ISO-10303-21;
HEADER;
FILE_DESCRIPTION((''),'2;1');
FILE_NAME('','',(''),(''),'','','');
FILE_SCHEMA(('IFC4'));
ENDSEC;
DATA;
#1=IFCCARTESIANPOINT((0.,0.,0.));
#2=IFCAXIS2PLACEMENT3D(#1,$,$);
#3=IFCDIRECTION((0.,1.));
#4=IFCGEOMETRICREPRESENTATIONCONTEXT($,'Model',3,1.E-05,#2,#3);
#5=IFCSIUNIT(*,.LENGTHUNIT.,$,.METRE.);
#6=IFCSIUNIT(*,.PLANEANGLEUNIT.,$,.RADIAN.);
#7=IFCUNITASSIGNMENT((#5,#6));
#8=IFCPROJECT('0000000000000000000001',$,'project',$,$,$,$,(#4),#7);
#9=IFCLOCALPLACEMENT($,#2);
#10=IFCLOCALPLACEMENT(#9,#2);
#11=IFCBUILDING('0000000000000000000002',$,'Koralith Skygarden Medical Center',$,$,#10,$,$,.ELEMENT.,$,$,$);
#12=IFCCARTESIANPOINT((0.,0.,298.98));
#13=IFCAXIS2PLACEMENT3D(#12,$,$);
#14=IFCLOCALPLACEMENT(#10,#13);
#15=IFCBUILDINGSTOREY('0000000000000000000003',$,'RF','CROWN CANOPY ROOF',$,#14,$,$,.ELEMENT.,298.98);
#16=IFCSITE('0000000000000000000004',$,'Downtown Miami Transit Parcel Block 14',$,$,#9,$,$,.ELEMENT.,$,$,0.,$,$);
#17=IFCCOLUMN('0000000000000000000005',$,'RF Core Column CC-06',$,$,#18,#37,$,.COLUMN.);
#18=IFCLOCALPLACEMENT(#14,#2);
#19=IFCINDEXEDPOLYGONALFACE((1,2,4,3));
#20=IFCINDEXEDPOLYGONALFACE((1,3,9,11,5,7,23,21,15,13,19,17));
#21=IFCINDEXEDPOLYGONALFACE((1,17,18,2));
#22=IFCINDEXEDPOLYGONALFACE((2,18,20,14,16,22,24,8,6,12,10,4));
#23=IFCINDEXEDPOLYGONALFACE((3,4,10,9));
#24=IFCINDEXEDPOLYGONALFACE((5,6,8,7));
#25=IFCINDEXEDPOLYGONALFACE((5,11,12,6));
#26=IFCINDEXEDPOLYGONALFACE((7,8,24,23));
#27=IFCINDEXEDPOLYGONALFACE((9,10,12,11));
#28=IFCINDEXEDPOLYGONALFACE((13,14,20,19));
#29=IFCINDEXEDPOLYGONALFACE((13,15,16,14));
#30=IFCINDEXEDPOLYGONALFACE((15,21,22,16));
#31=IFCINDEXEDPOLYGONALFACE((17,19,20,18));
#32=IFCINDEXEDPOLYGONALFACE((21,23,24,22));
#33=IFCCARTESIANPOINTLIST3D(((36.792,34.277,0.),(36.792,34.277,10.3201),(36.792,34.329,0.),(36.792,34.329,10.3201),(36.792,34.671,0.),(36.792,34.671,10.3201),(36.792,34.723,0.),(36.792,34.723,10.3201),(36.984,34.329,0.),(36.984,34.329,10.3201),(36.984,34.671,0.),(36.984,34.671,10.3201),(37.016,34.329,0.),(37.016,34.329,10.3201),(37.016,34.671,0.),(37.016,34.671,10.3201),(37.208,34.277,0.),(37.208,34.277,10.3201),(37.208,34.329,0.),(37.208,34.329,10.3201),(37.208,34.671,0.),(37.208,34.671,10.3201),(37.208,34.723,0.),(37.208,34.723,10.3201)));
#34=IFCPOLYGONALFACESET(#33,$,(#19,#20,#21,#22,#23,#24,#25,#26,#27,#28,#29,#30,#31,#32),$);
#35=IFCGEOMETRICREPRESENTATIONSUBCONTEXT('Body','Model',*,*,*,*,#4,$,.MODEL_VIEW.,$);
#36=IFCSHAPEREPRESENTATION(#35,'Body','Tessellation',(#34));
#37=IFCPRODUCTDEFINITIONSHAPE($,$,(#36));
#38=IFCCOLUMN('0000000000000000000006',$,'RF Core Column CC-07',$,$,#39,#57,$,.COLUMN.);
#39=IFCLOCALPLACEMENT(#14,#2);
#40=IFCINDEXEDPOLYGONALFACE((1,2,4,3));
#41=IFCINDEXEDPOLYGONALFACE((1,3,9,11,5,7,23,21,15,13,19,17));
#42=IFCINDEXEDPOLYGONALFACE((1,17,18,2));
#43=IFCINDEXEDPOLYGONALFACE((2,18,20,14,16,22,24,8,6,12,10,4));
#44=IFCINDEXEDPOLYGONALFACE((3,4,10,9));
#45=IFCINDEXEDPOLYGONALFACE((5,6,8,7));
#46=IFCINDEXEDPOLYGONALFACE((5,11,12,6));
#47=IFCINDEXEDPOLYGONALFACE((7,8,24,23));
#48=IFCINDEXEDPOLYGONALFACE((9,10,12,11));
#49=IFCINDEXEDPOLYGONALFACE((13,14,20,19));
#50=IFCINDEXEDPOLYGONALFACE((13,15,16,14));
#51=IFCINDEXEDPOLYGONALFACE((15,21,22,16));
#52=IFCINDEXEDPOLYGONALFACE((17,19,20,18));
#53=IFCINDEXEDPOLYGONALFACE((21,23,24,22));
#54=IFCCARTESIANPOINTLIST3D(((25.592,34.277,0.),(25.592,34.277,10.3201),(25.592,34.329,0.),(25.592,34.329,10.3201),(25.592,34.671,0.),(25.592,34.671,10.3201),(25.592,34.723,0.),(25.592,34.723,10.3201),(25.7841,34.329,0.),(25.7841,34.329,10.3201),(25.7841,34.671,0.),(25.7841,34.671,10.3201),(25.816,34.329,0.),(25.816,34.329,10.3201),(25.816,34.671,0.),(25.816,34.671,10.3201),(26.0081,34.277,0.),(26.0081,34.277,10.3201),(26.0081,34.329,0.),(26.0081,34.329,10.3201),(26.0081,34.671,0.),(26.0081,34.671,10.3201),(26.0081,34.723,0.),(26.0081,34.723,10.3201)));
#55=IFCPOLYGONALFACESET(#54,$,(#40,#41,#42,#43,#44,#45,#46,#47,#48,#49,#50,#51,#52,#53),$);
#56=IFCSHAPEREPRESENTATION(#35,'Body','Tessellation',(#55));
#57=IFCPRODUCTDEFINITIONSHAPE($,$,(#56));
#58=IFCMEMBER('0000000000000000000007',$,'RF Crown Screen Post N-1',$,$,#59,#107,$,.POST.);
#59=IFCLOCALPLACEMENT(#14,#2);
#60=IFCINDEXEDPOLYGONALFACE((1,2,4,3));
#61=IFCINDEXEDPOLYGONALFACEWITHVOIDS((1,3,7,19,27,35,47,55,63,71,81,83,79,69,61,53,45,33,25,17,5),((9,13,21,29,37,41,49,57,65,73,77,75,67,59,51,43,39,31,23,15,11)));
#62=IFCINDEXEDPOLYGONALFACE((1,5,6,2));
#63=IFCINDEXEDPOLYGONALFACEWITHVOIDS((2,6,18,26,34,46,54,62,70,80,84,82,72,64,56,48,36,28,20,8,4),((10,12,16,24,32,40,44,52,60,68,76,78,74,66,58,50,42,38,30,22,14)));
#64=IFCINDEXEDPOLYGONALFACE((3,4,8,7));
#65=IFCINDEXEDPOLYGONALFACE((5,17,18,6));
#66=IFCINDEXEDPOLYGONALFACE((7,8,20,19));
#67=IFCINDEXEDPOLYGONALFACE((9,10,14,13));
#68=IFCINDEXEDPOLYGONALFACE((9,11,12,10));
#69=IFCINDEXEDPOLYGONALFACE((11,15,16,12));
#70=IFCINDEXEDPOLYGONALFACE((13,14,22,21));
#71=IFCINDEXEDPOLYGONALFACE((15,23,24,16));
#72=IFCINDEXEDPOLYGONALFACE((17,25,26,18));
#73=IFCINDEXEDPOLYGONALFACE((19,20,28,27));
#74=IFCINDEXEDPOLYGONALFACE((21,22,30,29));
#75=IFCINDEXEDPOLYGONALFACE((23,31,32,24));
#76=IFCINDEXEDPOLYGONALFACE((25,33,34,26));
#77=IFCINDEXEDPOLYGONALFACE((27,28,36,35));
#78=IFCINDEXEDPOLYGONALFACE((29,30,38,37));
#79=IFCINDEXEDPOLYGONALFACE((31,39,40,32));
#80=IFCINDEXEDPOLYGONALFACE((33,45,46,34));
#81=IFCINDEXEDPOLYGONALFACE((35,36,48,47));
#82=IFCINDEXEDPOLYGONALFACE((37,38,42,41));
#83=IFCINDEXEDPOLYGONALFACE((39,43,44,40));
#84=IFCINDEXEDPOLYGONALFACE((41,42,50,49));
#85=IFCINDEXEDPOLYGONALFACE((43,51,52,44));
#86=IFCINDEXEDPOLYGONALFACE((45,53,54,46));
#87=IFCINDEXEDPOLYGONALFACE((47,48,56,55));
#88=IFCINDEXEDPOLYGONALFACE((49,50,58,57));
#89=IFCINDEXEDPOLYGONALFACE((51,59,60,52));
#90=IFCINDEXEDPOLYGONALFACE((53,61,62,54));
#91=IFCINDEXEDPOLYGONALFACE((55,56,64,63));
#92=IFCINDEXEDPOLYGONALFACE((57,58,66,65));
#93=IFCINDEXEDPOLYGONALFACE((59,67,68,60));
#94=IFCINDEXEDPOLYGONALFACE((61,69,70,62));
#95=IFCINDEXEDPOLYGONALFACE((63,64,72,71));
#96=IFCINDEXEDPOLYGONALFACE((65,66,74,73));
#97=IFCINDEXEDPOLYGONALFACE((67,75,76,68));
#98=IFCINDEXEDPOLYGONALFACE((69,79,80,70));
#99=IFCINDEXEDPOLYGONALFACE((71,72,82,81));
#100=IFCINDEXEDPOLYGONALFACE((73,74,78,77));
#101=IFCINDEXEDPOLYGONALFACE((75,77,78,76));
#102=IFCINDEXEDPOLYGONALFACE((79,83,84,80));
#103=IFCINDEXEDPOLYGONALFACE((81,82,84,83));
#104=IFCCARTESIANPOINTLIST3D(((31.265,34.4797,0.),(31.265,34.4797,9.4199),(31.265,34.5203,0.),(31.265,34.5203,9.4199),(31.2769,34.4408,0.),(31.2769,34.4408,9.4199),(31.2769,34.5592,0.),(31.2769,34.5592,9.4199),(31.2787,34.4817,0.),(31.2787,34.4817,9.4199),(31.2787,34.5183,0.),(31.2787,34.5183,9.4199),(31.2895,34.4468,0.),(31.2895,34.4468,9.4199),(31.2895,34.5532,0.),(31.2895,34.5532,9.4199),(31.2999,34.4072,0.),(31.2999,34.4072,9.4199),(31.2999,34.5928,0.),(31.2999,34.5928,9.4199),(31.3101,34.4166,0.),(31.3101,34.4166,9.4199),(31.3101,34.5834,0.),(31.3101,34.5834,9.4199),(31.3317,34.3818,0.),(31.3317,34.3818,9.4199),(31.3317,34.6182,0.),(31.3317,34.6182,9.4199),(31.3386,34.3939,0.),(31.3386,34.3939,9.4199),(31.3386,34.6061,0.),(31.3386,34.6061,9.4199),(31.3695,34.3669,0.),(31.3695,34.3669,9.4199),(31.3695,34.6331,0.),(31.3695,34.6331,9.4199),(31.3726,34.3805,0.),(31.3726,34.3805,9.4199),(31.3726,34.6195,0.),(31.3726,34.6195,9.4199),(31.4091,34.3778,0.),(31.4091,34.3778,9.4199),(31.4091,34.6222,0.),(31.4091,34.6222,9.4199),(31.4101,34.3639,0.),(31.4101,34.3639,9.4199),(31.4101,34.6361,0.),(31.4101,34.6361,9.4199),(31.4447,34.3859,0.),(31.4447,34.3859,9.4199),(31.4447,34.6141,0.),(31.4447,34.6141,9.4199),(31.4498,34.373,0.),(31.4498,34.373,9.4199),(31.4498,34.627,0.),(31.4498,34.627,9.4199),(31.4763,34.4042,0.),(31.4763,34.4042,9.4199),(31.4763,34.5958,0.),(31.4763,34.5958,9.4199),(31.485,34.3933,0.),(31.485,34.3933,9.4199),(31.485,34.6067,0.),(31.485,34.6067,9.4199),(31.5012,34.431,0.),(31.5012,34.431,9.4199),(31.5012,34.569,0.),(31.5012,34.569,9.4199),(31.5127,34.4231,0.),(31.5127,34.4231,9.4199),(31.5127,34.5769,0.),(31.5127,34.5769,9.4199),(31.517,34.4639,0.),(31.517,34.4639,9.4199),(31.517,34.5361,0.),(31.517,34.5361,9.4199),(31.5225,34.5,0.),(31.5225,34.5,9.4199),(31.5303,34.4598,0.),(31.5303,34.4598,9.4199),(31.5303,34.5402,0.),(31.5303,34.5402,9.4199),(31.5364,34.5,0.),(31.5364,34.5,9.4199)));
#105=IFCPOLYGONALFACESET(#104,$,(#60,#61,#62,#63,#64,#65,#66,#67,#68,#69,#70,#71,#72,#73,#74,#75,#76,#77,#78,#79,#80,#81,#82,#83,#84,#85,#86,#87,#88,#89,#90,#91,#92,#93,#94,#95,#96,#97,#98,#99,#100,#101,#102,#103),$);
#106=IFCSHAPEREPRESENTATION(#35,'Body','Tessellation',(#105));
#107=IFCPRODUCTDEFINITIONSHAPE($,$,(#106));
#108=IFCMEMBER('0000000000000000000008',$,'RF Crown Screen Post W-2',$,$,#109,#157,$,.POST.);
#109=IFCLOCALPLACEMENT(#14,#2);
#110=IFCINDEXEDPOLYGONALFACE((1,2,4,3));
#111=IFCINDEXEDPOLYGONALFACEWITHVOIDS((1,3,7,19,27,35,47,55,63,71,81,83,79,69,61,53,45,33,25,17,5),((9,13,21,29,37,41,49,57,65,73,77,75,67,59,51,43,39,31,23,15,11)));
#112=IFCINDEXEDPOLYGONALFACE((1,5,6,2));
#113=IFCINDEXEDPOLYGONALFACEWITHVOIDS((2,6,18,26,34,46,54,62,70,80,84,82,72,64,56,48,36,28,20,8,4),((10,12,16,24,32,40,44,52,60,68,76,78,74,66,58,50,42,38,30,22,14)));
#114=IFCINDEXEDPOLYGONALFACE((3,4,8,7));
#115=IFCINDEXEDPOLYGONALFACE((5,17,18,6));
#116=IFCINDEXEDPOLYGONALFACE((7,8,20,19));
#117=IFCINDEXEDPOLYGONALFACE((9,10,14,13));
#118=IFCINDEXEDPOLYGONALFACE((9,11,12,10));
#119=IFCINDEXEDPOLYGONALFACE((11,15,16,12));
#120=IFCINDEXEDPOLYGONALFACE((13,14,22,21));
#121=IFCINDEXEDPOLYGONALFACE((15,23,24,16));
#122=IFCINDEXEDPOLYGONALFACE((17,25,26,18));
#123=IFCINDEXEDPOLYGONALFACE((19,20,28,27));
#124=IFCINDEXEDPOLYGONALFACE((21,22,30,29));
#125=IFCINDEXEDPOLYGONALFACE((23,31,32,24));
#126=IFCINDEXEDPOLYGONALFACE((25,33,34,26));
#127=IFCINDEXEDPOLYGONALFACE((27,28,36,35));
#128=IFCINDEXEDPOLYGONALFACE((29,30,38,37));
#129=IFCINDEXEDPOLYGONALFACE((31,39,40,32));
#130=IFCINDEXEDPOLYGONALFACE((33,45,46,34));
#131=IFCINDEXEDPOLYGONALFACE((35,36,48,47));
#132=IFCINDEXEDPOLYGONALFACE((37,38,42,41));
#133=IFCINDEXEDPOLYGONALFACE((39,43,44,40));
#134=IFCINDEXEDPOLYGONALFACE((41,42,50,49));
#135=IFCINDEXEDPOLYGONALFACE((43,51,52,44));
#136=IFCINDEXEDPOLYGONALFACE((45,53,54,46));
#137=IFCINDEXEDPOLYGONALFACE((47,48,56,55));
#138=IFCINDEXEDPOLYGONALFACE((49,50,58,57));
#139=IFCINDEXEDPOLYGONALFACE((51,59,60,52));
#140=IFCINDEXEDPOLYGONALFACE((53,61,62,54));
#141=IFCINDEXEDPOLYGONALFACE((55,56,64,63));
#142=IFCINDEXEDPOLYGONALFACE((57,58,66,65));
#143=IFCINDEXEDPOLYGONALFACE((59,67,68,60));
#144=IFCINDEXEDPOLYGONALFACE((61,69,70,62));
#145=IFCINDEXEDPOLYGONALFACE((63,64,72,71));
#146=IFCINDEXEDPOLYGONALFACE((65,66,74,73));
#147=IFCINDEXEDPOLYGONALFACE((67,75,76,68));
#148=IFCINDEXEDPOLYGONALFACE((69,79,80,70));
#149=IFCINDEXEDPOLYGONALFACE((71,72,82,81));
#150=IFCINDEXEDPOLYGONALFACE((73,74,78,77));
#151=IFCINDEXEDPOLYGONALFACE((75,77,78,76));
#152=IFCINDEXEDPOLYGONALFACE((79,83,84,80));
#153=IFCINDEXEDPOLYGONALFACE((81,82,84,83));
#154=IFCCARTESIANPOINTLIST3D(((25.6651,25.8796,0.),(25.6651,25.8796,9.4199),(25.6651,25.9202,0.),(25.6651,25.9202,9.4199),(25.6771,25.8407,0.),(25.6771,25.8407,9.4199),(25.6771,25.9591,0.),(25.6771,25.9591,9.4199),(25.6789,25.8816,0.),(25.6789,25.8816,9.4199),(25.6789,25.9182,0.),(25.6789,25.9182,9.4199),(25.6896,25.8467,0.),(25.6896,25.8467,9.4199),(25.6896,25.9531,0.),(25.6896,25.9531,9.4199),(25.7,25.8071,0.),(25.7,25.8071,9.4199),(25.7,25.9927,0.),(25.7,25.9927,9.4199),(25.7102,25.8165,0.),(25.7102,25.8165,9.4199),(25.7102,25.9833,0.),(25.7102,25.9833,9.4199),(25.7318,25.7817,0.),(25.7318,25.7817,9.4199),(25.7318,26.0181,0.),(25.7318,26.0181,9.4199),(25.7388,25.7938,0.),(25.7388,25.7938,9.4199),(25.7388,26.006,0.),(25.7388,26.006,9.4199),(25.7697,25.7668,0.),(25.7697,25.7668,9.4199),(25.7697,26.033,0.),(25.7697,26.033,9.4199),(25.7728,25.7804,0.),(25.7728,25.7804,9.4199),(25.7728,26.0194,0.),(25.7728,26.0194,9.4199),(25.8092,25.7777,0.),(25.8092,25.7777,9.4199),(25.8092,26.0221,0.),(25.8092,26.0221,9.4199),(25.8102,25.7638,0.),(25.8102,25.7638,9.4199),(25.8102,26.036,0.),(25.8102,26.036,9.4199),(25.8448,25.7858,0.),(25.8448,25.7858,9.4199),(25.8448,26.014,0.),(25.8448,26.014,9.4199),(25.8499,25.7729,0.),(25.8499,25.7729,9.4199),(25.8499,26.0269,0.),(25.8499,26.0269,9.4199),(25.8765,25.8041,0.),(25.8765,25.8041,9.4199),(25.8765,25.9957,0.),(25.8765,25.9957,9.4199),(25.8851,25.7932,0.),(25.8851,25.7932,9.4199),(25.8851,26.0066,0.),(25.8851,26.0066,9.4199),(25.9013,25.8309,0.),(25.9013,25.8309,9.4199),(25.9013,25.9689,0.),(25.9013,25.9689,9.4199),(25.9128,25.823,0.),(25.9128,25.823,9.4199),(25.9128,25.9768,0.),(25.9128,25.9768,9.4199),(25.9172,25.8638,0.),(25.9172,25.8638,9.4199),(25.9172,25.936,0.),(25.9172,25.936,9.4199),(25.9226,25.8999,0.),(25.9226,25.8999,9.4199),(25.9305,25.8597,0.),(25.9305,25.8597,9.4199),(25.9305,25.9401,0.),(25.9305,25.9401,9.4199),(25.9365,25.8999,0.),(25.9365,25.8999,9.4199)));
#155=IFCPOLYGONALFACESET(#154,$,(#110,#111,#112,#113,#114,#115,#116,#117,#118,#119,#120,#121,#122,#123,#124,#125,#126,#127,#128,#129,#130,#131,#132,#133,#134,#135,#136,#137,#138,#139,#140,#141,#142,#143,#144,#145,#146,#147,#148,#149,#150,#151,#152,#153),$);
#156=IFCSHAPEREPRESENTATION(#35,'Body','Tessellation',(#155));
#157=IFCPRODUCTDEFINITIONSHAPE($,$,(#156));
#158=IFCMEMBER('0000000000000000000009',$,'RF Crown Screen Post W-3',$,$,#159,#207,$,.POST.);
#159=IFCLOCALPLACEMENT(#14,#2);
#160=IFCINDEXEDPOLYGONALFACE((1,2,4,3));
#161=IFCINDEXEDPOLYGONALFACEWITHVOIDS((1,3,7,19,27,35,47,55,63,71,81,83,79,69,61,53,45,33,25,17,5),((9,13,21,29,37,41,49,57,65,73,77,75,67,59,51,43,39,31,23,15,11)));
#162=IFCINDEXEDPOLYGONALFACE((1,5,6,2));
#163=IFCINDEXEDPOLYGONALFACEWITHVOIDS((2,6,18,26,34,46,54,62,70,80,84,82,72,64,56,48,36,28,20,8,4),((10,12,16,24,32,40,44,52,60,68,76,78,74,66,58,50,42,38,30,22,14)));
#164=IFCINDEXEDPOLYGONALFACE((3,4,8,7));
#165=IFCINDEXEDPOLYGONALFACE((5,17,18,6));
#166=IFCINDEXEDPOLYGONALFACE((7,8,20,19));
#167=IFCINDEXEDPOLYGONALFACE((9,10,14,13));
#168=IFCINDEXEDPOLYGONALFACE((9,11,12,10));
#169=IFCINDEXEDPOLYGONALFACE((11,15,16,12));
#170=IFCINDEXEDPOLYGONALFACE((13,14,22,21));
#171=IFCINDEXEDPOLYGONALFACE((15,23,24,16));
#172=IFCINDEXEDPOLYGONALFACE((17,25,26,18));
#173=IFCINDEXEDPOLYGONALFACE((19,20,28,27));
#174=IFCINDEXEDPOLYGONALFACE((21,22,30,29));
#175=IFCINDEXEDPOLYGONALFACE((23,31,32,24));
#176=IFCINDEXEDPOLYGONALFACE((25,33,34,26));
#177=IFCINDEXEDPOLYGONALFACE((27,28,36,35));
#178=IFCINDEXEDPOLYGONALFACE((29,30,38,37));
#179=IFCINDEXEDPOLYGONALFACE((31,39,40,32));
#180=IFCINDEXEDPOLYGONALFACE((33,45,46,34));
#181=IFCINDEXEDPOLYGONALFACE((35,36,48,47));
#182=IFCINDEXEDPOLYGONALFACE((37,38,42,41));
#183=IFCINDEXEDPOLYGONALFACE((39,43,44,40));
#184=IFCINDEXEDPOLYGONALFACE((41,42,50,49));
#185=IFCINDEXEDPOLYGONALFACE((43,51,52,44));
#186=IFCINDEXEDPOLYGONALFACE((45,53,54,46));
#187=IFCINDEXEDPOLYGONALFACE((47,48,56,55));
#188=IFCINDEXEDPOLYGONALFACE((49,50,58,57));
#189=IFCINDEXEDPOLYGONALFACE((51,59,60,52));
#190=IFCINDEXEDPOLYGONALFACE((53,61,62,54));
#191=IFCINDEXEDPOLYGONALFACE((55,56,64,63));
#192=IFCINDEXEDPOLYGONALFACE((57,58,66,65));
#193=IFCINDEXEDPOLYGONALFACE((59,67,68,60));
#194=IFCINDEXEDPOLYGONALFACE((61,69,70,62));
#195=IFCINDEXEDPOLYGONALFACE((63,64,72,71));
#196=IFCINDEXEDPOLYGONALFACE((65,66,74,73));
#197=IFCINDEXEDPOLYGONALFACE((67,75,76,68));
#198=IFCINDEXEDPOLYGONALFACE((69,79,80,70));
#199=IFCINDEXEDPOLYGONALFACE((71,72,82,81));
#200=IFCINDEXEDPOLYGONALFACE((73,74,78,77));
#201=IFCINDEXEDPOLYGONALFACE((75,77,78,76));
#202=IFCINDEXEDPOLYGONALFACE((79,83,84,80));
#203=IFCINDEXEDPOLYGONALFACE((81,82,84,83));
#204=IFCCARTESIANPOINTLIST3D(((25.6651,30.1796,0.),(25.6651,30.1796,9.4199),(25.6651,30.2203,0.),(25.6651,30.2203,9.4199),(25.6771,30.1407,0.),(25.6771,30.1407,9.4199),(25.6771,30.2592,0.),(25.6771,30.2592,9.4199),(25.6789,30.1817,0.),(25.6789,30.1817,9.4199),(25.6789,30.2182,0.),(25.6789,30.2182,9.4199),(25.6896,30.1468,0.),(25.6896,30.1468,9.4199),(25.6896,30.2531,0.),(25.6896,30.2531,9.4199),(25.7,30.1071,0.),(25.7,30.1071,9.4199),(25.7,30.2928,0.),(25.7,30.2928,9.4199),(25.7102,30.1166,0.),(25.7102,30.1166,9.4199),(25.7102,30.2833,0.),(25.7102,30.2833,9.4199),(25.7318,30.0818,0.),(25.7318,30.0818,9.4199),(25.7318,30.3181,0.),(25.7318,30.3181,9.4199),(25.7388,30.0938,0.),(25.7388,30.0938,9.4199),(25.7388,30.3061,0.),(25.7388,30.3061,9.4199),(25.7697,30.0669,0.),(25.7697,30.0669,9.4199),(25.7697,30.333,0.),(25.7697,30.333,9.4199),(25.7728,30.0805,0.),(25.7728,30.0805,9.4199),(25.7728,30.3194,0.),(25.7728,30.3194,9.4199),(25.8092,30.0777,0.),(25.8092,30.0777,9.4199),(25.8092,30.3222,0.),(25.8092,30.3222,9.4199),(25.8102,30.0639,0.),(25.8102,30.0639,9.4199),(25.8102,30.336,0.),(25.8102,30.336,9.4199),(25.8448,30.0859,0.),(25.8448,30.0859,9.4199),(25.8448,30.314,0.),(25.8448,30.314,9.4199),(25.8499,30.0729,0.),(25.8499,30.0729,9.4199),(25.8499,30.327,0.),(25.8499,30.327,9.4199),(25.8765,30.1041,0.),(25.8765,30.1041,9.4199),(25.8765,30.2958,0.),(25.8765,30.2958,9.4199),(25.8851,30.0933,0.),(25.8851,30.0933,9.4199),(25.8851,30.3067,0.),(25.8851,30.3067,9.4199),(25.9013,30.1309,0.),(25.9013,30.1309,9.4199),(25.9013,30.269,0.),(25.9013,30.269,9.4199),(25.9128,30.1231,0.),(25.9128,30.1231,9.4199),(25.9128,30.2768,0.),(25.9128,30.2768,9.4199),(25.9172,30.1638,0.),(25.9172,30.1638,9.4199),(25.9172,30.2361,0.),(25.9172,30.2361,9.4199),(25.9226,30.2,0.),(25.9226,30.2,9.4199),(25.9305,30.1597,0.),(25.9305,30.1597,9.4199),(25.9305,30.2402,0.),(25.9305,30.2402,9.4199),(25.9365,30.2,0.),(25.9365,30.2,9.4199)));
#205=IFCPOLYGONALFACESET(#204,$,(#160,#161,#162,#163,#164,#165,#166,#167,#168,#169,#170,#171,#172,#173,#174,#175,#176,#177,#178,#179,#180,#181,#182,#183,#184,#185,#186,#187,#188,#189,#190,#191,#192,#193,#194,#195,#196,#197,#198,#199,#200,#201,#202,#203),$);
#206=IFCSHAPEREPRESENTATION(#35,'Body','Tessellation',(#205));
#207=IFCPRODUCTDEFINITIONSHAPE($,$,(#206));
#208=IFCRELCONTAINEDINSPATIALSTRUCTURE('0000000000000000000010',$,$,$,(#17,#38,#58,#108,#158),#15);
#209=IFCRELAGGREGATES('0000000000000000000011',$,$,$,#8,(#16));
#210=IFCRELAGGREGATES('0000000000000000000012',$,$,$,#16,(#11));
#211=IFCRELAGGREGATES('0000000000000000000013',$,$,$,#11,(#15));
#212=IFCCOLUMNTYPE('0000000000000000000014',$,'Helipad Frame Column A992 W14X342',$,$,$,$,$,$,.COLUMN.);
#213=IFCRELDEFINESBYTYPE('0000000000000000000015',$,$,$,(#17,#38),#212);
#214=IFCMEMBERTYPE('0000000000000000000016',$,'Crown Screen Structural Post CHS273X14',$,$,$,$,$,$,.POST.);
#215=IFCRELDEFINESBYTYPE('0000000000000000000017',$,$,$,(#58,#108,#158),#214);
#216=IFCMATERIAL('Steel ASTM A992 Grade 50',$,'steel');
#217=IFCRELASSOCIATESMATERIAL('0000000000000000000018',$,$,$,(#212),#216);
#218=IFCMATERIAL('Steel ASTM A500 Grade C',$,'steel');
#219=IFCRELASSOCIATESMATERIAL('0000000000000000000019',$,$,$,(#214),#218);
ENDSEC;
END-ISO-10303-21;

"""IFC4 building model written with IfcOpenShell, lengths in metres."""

from ifc_helpers import new_model, si_unit, direction, frame, origin, origin_2d, place, context, subcontext, project, spatial, hollow_circle, i_section, extrude, material, material_profile, profile_set, type_object, element, save


model = new_model("IFC4")

# Units and contexts
model_context = context("Model", 3, precision=1e-05, world=origin(), true_north=direction((0.0, 1.0)))
body_context = subcontext(model_context, "Body", "Model", "MODEL_VIEW")
ifc_project = project(units=[si_unit("LENGTHUNIT", "METRE"), si_unit("PLANEANGLEUNIT", "RADIAN")], contexts=[model_context])

# Site, building, storey
site_placement = place(None, origin())
site = spatial("IfcSite", under=ifc_project, at=site_placement, Name="Downtown Miami Transit Parcel Block 14", CompositionType="ELEMENT", RefElevation=0.0)
building_placement = place(site_placement, origin())
building = spatial("IfcBuilding", under=site, at=building_placement, Name="Koralith Skygarden Medical Center", CompositionType="ELEMENT")
storey_placement = place(building_placement, frame((0.0, 0.0, 298.98)))
storey = spatial("IfcBuildingStorey", under=building, at=storey_placement, Name="RF", Description="CROWN CANOPY ROOF", CompositionType="ELEMENT", Elevation=298.98)

# Columns
ifc_material_1 = material(Name="Steel ASTM A992 Grade 50", Category="steel")
ifc_material_profile_1 = material_profile(ifc_material_1, i_section(OverallWidth=0.416, OverallDepth=0.446, WebThickness=0.032, FlangeThickness=0.052, at=origin_2d()), Name="W14X342")
ifc_profile_set_1 = profile_set([ifc_material_profile_1], Name="Steel ASTM A992 Grade 50")
column_type = type_object("IfcColumnType", Name="Helipad Frame Column A992 W14X342", PredefinedType="COLUMN", material=ifc_profile_set_1)
for number, where, z_axis, x_axis, name in (
    (1, (37.0, 34.5, 0.0), (0.0, 0.0, 1.0), (1.0, 0.0, 0.0), "RF Core Column CC-06"),
    (2, (25.8, 34.5, 0.0), (0.0, 0.0, 1.0), (1.0, 0.0, 0.0), "RF Core Column CC-07"),
):
    element("IfcColumn", number, at=place(storey_placement, frame(where, z_axis=z_axis, x_axis=x_axis)), inside=storey, type_object=column_type, Name=name, PredefinedType="COLUMN", context=body_context, shape_type="SweptSolid", body=[
        extrude(i_section(OverallWidth=0.416, OverallDepth=0.446, WebThickness=0.032, FlangeThickness=0.052, at=origin_2d()), origin(), (0.0, 0.0, 1.0), 10.3201),
    ])

# Members
ifc_material_2 = material(Name="Steel ASTM A500 Grade C", Category="steel")
ifc_material_profile_2 = material_profile(ifc_material_2, hollow_circle(Radius=0.1365, WallThickness=0.0139, at=origin_2d()), Name="CHS273X14")
ifc_profile_set_2 = profile_set([ifc_material_profile_2], Name="Steel ASTM A500 Grade C")
member_type_1 = type_object("IfcMemberType", Name="Crown Screen Structural Post CHS273X14", PredefinedType="POST", material=ifc_profile_set_2)
for number, where, z_axis, x_axis, name in (
    (3, (31.3999, 34.5, 0.0), (0.0, 0.0, 1.0), (1.0, 0.0, 0.0), "RF Crown Screen Post N-1"),
    (4, (25.8, 25.8999, 0.0), (0.0, 0.0, 1.0), (1.0, 0.0, 0.0), "RF Crown Screen Post W-2"),
    (5, (25.8, 30.2, 0.0), (0.0, 0.0, 1.0), (1.0, 0.0, 0.0), "RF Crown Screen Post W-3"),
):
    element("IfcMember", number, at=place(storey_placement, frame(where, z_axis=z_axis, x_axis=x_axis)), inside=storey, type_object=member_type_1, Name=name, PredefinedType="POST", context=body_context, shape_type="SweptSolid", body=[
        extrude(hollow_circle(Radius=0.1365, WallThickness=0.0139, at=origin_2d()), origin(), (0.0, 0.0, 1.0), 9.4199),
    ])

save(model, "model.ifc")
